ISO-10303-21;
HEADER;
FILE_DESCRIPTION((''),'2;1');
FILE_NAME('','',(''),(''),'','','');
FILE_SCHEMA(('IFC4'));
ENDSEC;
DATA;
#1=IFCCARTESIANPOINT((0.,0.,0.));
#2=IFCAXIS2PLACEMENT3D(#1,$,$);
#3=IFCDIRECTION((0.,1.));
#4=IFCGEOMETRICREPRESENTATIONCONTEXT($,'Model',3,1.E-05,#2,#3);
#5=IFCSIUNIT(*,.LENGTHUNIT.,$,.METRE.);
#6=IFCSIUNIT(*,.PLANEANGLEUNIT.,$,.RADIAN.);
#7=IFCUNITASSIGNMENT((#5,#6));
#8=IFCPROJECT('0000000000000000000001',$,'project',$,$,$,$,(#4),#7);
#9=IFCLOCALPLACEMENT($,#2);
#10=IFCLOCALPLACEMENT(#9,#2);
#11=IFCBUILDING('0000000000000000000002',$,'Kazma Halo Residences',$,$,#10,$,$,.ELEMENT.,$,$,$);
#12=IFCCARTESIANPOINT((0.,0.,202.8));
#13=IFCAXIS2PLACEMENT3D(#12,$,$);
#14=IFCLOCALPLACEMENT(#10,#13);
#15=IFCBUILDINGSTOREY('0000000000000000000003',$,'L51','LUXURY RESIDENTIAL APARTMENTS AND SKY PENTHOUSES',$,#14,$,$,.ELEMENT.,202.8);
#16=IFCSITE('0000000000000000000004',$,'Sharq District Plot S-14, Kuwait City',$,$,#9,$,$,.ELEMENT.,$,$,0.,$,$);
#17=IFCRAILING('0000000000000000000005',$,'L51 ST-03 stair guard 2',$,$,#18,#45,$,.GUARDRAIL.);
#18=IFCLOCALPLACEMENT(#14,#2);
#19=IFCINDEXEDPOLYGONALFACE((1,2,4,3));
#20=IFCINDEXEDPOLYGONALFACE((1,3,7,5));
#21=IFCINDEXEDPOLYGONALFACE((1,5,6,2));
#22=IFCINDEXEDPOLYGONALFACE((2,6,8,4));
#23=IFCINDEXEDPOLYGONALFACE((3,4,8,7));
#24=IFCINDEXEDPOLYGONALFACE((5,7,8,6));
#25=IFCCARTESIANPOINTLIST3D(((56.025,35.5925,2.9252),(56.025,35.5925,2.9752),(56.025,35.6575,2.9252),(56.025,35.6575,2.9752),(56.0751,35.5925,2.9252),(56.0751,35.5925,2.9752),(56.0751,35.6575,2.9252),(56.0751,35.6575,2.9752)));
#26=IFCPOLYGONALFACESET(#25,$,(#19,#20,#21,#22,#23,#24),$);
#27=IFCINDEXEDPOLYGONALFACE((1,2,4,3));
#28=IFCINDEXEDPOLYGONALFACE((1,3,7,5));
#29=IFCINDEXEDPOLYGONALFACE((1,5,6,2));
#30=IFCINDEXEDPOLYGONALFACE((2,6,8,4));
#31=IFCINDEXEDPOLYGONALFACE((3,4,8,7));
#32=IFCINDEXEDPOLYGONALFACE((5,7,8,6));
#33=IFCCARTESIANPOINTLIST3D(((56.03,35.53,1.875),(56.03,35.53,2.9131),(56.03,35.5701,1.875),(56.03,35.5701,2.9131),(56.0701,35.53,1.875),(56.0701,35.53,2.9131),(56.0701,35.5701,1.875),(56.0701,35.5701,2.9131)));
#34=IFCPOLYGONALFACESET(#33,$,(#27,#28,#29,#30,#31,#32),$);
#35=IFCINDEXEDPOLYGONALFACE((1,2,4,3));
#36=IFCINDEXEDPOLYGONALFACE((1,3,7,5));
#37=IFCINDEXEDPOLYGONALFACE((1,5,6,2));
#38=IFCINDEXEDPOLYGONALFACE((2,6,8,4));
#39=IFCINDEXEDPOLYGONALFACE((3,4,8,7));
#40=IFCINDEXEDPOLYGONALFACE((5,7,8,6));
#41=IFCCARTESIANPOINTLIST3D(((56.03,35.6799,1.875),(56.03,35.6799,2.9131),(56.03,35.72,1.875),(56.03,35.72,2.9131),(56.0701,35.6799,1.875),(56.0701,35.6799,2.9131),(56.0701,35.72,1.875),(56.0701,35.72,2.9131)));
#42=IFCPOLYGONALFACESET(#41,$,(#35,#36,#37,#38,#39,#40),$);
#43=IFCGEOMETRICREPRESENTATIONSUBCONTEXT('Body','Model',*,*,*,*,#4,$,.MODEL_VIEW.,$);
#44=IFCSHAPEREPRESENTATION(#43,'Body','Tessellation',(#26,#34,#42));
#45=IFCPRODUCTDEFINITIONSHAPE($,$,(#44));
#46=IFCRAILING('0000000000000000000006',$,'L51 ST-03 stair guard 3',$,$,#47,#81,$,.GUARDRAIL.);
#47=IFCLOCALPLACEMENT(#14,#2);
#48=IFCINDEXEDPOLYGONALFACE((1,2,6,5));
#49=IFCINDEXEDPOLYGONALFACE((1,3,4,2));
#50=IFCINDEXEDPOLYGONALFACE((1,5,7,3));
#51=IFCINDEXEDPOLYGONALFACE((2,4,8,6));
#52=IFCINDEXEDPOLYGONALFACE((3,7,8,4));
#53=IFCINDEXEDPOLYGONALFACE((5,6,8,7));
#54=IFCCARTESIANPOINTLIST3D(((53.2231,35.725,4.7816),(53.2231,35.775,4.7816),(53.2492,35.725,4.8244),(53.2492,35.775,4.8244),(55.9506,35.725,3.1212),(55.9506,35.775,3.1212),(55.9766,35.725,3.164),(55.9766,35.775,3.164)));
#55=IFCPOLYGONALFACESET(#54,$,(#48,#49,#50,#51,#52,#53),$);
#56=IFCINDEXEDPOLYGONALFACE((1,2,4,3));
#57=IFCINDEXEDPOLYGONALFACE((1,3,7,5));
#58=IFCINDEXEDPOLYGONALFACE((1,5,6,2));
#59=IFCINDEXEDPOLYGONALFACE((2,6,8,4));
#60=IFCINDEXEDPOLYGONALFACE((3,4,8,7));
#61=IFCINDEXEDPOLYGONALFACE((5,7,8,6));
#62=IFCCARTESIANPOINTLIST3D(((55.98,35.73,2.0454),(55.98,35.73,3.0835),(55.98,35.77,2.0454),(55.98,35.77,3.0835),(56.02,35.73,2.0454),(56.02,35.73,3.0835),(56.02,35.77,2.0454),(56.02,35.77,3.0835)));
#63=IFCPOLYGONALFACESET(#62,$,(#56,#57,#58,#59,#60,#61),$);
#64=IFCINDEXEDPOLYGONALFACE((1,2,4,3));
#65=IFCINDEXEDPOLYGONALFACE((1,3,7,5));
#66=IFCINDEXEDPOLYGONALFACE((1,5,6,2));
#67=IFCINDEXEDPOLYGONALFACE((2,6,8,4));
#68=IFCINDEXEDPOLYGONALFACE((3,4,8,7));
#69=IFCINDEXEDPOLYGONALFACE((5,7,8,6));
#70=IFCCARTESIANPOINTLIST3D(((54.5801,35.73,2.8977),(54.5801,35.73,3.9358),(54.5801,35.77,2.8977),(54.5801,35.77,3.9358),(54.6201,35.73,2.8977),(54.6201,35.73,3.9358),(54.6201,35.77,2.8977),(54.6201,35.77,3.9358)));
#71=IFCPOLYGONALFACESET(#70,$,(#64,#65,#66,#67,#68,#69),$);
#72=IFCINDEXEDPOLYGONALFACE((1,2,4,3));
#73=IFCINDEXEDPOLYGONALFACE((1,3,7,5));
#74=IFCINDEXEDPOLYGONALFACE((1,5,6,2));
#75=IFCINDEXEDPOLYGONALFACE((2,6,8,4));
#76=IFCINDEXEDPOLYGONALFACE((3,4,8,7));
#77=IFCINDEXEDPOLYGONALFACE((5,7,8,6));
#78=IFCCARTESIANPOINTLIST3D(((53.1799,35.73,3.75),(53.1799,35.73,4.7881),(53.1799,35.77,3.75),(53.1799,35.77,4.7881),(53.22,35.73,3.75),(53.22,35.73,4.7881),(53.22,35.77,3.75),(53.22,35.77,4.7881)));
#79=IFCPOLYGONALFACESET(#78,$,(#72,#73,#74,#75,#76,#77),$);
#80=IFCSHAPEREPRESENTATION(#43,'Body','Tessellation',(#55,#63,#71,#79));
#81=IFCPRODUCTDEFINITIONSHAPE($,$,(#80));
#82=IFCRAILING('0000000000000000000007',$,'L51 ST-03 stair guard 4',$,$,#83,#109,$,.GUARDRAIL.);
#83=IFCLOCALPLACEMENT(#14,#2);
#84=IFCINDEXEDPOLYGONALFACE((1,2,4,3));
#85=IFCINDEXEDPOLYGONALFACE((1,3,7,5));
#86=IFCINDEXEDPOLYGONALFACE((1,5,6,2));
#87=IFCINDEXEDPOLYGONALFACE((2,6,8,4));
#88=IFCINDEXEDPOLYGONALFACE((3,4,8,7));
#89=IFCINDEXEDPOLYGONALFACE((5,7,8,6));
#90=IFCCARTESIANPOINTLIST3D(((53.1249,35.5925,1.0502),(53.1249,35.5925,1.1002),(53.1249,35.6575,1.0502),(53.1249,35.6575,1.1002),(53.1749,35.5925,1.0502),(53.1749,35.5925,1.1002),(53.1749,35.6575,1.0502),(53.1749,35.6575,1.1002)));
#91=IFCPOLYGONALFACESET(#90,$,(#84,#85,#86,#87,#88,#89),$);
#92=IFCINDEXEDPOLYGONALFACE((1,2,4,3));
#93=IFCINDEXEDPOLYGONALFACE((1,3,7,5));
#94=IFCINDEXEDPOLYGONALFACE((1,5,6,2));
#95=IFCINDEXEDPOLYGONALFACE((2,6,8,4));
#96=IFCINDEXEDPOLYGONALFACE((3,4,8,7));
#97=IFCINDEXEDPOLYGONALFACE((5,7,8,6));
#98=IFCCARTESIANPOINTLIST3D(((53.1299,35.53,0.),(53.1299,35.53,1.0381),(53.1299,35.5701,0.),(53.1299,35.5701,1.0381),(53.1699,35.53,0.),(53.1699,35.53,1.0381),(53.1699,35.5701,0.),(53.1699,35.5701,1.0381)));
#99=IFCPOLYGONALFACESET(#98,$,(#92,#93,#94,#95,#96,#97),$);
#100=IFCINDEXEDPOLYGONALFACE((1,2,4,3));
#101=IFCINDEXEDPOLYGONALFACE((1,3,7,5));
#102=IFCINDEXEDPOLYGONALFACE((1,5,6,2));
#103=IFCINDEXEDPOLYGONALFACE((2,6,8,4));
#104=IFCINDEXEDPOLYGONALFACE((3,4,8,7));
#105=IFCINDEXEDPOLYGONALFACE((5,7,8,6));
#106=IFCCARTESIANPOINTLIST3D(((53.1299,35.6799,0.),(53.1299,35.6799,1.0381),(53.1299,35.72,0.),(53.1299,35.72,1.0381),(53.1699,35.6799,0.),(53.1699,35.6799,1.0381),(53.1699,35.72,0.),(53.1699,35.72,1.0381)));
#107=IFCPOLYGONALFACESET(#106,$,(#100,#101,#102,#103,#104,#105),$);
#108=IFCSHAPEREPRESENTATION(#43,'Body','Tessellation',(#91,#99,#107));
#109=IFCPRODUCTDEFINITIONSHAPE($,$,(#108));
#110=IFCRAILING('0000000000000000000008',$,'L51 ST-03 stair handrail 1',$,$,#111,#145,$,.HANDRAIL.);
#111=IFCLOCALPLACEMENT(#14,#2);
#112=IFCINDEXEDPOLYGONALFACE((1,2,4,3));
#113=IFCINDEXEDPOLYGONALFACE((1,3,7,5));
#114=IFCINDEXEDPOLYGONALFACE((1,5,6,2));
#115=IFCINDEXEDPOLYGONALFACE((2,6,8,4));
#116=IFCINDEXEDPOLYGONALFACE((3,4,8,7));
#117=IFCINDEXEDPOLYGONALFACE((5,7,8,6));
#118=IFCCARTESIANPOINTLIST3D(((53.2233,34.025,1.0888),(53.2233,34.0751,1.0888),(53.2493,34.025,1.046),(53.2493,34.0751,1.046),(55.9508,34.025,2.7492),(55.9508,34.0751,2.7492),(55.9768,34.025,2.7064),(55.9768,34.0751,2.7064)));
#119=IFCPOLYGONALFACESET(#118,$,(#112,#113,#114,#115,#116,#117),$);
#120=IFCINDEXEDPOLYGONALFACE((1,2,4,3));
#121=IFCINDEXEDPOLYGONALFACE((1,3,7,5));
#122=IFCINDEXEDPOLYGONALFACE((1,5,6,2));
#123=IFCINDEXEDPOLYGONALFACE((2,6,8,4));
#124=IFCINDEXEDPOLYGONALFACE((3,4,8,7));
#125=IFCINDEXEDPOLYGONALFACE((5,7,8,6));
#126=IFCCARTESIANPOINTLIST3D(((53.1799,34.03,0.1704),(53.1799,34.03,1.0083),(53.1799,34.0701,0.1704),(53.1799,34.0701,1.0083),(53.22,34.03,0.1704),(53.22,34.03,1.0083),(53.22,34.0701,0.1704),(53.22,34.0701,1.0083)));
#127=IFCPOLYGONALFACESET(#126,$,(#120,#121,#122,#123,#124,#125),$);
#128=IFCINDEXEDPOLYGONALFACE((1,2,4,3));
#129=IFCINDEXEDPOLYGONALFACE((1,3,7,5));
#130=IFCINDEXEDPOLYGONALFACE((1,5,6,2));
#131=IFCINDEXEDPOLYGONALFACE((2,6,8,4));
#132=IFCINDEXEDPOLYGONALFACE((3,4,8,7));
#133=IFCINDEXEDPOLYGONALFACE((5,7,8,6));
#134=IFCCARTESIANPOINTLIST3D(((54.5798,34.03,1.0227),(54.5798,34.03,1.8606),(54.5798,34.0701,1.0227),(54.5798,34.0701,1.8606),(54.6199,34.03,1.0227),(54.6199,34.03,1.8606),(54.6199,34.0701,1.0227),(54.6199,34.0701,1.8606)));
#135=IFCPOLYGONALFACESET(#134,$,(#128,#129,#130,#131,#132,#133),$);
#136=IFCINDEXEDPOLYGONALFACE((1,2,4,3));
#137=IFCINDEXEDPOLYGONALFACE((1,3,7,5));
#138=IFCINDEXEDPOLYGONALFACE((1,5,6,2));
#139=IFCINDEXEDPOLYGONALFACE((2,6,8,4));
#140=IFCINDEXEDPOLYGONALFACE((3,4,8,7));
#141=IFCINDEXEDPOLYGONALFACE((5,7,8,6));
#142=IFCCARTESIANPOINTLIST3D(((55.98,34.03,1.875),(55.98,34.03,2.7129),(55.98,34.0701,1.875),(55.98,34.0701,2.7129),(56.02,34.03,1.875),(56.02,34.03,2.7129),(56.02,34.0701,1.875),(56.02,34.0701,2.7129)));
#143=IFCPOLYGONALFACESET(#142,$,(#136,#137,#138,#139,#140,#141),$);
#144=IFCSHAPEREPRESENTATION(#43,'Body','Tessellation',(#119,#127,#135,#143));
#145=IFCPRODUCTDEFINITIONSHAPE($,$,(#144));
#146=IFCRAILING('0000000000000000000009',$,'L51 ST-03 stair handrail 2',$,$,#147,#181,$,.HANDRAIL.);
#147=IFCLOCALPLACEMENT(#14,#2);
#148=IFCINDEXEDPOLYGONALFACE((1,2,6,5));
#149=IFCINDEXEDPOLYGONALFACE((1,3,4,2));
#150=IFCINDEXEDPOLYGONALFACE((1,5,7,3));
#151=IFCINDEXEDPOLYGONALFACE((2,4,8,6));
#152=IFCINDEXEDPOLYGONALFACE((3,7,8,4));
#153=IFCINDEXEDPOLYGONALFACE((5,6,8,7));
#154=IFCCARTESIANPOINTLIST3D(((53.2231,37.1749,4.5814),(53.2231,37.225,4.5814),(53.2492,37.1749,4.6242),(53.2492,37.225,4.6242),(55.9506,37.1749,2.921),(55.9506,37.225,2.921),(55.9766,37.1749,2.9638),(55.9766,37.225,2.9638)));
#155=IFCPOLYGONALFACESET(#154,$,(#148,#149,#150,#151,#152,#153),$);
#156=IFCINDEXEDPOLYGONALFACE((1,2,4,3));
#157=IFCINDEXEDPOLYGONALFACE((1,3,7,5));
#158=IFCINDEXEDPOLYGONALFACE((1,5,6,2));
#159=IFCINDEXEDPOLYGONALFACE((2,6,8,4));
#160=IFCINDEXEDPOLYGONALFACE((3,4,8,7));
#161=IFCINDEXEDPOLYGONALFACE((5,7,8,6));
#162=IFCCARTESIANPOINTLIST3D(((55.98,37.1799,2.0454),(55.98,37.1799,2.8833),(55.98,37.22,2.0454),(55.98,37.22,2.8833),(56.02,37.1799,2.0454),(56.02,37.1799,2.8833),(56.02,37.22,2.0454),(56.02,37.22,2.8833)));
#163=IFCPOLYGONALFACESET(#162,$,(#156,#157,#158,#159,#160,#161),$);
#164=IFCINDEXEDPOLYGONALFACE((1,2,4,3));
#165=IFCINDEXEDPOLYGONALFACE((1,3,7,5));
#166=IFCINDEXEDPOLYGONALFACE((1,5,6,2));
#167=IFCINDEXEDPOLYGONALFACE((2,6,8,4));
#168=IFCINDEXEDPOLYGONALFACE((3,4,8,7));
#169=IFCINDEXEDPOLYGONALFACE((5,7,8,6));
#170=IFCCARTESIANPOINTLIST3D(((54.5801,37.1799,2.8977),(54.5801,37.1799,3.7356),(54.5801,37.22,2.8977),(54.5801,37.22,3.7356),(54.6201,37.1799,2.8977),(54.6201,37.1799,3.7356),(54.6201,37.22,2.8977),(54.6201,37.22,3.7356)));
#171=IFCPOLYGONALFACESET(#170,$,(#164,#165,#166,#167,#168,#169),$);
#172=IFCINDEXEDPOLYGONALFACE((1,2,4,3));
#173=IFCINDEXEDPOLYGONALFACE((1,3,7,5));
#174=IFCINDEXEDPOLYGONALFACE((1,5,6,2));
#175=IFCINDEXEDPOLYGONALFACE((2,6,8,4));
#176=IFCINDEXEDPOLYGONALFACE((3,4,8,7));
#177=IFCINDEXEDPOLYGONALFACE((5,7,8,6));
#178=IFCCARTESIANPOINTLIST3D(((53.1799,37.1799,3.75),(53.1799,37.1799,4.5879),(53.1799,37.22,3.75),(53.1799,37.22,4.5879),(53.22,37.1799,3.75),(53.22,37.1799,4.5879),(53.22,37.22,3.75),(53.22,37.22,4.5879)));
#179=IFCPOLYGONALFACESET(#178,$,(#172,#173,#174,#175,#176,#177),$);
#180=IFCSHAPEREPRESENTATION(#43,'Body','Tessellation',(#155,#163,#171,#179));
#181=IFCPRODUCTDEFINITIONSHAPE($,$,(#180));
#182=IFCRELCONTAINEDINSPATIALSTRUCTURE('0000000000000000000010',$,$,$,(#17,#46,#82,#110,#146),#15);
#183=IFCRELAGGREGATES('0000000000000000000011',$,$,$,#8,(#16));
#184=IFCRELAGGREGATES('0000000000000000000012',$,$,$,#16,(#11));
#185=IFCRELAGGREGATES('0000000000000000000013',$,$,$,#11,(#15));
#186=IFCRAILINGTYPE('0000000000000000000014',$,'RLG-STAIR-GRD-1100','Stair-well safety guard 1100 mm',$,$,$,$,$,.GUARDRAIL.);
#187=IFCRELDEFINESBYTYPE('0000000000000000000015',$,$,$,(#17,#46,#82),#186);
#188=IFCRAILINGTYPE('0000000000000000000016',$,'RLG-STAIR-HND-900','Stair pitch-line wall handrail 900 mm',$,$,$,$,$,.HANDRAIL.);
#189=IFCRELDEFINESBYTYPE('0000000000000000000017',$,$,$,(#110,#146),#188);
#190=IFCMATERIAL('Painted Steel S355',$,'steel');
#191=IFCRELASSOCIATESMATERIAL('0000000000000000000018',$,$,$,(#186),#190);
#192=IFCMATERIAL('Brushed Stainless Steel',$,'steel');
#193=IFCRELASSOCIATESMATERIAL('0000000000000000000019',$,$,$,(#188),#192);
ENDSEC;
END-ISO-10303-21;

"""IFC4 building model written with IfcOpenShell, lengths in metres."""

from ifc_helpers import new_model, si_unit, direction, frame, origin, origin_2d, place, context, subcontext, project, spatial, rectangle, extrude, material, type_object, element, save


model = new_model("IFC4")

# Units and contexts
model_context = context("Model", 3, precision=1e-05, world=origin(), true_north=direction((0.0, 1.0)))
body_context = subcontext(model_context, "Body", "Model", "MODEL_VIEW")
ifc_project = project(units=[si_unit("LENGTHUNIT", "METRE"), si_unit("PLANEANGLEUNIT", "RADIAN")], contexts=[model_context])

# Site, building, storey
site_placement = place(None, origin())
site = spatial("IfcSite", under=ifc_project, at=site_placement, Name="Sharq District Plot S-14, Kuwait City", CompositionType="ELEMENT", RefElevation=0.0)
building_placement = place(site_placement, origin())
building = spatial("IfcBuilding", under=site, at=building_placement, Name="Kazma Halo Residences", CompositionType="ELEMENT")
storey_placement = place(building_placement, frame((0.0, 0.0, 202.8)))
storey = spatial("IfcBuildingStorey", under=building, at=storey_placement, Name="L51", Description="LUXURY RESIDENTIAL APARTMENTS AND SKY PENTHOUSES", CompositionType="ELEMENT", Elevation=202.8)

# Railings
ifc_material_1 = material(Name="Painted Steel S355", Category="steel")
railing_type_1 = type_object("IfcRailingType", Name="RLG-STAIR-GRD-1100", Description="Stair-well safety guard 1100 mm", PredefinedType="GUARDRAIL", material=ifc_material_1)
railing_1_placement = place(storey_placement, frame((56.05, 35.55, 1.875)))
element("IfcRailing", 1, at=railing_1_placement, inside=storey, type_object=railing_type_1, Name="L51 ST-03 stair guard 2", PredefinedType="GUARDRAIL", context=body_context, shape_type="SweptSolid", body=[
    extrude(rectangle(XDim=0.05, YDim=0.05, at=origin_2d()), frame((0.0, 0.0425, 1.0752), z_axis=(0.0, 1.0, 0.0), x_axis=(-1.0, 0.0, 0.0)), (0.0, 0.0, 1.0), 0.0649),
    extrude(rectangle(XDim=0.04, YDim=0.04, at=origin_2d()), origin(), (0.0, 0.0, 1.0), 1.0381),
    extrude(rectangle(XDim=0.04, YDim=0.04, at=origin_2d()), frame((0.0, 0.1499, 0.0)), (0.0, 0.0, 1.0), 1.0381),
])
railing_2_placement = place(storey_placement, frame((56.0, 35.75, 2.0454)))
element("IfcRailing", 2, at=railing_2_placement, inside=storey, type_object=railing_type_1, Name="L51 ST-03 stair guard 3", PredefinedType="GUARDRAIL", context=body_context, shape_type="SweptSolid", body=[
    extrude(rectangle(XDim=0.05, YDim=0.05, at=origin_2d()), frame((-0.0364, 0.0, 1.0972), z_axis=(-0.85417, 0.0, 0.519994), x_axis=(0.0, -1.0, 0.0)), (0.0, 0.0, 1.0), 3.1931),
    extrude(rectangle(XDim=0.04, YDim=0.04, at=origin_2d()), origin(), (0.0, 0.0, 1.0), 1.0381),
    extrude(rectangle(XDim=0.04, YDim=0.04, at=origin_2d()), frame((-1.3999, 0.0, 0.8523)), (0.0, 0.0, 1.0), 1.0381),
    extrude(rectangle(XDim=0.04, YDim=0.04, at=origin_2d()), frame((-2.8, 0.0, 1.7046)), (0.0, 0.0, 1.0), 1.0381),
])
railing_3_placement = place(storey_placement, frame((53.1499, 35.55, 0.0)))
element("IfcRailing", 3, at=railing_3_placement, inside=storey, type_object=railing_type_1, Name="L51 ST-03 stair guard 4", PredefinedType="GUARDRAIL", context=body_context, shape_type="SweptSolid", body=[
    extrude(rectangle(XDim=0.05, YDim=0.05, at=origin_2d()), frame((0.0, 0.0425, 1.0752), z_axis=(0.0, 1.0, 0.0), x_axis=(-1.0, 0.0, 0.0)), (0.0, 0.0, 1.0), 0.0649),
    extrude(rectangle(XDim=0.04, YDim=0.04, at=origin_2d()), origin(), (0.0, 0.0, 1.0), 1.0381),
    extrude(rectangle(XDim=0.04, YDim=0.04, at=origin_2d()), frame((0.0, 0.1499, 0.0)), (0.0, 0.0, 1.0), 1.0381),
])
ifc_material_2 = material(Name="Brushed Stainless Steel", Category="steel")
railing_type_2 = type_object("IfcRailingType", Name="RLG-STAIR-HND-900", Description="Stair pitch-line wall handrail 900 mm", PredefinedType="HANDRAIL", material=ifc_material_2)
railing_4_placement = place(storey_placement, frame((53.2, 34.05, 0.1704)))
element("IfcRailing", 4, at=railing_4_placement, inside=storey, type_object=railing_type_2, Name="L51 ST-03 stair handrail 1", PredefinedType="HANDRAIL", context=body_context, shape_type="SweptSolid", body=[
    extrude(rectangle(XDim=0.05, YDim=0.05, at=origin_2d()), frame((0.0364, 0.0, 0.897), z_axis=(0.85417, 0.0, 0.519994), x_axis=(0.0, 1.0, 0.0)), (0.0, 0.0, 1.0), 3.1931),
    extrude(rectangle(XDim=0.04, YDim=0.04, at=origin_2d()), origin(), (0.0, 0.0, 1.0), 0.8379),
    extrude(rectangle(XDim=0.04, YDim=0.04, at=origin_2d()), frame((1.3999, 0.0, 0.8523)), (0.0, 0.0, 1.0), 0.8379),
    extrude(rectangle(XDim=0.04, YDim=0.04, at=origin_2d()), frame((2.8, 0.0, 1.7046)), (0.0, 0.0, 1.0), 0.8379),
])
railing_5_placement = place(storey_placement, frame((56.0, 37.2, 2.0454)))
element("IfcRailing", 5, at=railing_5_placement, inside=storey, type_object=railing_type_2, Name="L51 ST-03 stair handrail 2", PredefinedType="HANDRAIL", context=body_context, shape_type="SweptSolid", body=[
    extrude(rectangle(XDim=0.05, YDim=0.05, at=origin_2d()), frame((-0.0364, 0.0, 0.897), z_axis=(-0.85417, 0.0, 0.519994), x_axis=(0.0, -1.0, 0.0)), (0.0, 0.0, 1.0), 3.1931),
    extrude(rectangle(XDim=0.04, YDim=0.04, at=origin_2d()), origin(), (0.0, 0.0, 1.0), 0.8379),
    extrude(rectangle(XDim=0.04, YDim=0.04, at=origin_2d()), frame((-1.3999, 0.0, 0.8523)), (0.0, 0.0, 1.0), 0.8379),
    extrude(rectangle(XDim=0.04, YDim=0.04, at=origin_2d()), frame((-2.8, 0.0, 1.7046)), (0.0, 0.0, 1.0), 0.8379),
])

save(model, "model.ifc")
